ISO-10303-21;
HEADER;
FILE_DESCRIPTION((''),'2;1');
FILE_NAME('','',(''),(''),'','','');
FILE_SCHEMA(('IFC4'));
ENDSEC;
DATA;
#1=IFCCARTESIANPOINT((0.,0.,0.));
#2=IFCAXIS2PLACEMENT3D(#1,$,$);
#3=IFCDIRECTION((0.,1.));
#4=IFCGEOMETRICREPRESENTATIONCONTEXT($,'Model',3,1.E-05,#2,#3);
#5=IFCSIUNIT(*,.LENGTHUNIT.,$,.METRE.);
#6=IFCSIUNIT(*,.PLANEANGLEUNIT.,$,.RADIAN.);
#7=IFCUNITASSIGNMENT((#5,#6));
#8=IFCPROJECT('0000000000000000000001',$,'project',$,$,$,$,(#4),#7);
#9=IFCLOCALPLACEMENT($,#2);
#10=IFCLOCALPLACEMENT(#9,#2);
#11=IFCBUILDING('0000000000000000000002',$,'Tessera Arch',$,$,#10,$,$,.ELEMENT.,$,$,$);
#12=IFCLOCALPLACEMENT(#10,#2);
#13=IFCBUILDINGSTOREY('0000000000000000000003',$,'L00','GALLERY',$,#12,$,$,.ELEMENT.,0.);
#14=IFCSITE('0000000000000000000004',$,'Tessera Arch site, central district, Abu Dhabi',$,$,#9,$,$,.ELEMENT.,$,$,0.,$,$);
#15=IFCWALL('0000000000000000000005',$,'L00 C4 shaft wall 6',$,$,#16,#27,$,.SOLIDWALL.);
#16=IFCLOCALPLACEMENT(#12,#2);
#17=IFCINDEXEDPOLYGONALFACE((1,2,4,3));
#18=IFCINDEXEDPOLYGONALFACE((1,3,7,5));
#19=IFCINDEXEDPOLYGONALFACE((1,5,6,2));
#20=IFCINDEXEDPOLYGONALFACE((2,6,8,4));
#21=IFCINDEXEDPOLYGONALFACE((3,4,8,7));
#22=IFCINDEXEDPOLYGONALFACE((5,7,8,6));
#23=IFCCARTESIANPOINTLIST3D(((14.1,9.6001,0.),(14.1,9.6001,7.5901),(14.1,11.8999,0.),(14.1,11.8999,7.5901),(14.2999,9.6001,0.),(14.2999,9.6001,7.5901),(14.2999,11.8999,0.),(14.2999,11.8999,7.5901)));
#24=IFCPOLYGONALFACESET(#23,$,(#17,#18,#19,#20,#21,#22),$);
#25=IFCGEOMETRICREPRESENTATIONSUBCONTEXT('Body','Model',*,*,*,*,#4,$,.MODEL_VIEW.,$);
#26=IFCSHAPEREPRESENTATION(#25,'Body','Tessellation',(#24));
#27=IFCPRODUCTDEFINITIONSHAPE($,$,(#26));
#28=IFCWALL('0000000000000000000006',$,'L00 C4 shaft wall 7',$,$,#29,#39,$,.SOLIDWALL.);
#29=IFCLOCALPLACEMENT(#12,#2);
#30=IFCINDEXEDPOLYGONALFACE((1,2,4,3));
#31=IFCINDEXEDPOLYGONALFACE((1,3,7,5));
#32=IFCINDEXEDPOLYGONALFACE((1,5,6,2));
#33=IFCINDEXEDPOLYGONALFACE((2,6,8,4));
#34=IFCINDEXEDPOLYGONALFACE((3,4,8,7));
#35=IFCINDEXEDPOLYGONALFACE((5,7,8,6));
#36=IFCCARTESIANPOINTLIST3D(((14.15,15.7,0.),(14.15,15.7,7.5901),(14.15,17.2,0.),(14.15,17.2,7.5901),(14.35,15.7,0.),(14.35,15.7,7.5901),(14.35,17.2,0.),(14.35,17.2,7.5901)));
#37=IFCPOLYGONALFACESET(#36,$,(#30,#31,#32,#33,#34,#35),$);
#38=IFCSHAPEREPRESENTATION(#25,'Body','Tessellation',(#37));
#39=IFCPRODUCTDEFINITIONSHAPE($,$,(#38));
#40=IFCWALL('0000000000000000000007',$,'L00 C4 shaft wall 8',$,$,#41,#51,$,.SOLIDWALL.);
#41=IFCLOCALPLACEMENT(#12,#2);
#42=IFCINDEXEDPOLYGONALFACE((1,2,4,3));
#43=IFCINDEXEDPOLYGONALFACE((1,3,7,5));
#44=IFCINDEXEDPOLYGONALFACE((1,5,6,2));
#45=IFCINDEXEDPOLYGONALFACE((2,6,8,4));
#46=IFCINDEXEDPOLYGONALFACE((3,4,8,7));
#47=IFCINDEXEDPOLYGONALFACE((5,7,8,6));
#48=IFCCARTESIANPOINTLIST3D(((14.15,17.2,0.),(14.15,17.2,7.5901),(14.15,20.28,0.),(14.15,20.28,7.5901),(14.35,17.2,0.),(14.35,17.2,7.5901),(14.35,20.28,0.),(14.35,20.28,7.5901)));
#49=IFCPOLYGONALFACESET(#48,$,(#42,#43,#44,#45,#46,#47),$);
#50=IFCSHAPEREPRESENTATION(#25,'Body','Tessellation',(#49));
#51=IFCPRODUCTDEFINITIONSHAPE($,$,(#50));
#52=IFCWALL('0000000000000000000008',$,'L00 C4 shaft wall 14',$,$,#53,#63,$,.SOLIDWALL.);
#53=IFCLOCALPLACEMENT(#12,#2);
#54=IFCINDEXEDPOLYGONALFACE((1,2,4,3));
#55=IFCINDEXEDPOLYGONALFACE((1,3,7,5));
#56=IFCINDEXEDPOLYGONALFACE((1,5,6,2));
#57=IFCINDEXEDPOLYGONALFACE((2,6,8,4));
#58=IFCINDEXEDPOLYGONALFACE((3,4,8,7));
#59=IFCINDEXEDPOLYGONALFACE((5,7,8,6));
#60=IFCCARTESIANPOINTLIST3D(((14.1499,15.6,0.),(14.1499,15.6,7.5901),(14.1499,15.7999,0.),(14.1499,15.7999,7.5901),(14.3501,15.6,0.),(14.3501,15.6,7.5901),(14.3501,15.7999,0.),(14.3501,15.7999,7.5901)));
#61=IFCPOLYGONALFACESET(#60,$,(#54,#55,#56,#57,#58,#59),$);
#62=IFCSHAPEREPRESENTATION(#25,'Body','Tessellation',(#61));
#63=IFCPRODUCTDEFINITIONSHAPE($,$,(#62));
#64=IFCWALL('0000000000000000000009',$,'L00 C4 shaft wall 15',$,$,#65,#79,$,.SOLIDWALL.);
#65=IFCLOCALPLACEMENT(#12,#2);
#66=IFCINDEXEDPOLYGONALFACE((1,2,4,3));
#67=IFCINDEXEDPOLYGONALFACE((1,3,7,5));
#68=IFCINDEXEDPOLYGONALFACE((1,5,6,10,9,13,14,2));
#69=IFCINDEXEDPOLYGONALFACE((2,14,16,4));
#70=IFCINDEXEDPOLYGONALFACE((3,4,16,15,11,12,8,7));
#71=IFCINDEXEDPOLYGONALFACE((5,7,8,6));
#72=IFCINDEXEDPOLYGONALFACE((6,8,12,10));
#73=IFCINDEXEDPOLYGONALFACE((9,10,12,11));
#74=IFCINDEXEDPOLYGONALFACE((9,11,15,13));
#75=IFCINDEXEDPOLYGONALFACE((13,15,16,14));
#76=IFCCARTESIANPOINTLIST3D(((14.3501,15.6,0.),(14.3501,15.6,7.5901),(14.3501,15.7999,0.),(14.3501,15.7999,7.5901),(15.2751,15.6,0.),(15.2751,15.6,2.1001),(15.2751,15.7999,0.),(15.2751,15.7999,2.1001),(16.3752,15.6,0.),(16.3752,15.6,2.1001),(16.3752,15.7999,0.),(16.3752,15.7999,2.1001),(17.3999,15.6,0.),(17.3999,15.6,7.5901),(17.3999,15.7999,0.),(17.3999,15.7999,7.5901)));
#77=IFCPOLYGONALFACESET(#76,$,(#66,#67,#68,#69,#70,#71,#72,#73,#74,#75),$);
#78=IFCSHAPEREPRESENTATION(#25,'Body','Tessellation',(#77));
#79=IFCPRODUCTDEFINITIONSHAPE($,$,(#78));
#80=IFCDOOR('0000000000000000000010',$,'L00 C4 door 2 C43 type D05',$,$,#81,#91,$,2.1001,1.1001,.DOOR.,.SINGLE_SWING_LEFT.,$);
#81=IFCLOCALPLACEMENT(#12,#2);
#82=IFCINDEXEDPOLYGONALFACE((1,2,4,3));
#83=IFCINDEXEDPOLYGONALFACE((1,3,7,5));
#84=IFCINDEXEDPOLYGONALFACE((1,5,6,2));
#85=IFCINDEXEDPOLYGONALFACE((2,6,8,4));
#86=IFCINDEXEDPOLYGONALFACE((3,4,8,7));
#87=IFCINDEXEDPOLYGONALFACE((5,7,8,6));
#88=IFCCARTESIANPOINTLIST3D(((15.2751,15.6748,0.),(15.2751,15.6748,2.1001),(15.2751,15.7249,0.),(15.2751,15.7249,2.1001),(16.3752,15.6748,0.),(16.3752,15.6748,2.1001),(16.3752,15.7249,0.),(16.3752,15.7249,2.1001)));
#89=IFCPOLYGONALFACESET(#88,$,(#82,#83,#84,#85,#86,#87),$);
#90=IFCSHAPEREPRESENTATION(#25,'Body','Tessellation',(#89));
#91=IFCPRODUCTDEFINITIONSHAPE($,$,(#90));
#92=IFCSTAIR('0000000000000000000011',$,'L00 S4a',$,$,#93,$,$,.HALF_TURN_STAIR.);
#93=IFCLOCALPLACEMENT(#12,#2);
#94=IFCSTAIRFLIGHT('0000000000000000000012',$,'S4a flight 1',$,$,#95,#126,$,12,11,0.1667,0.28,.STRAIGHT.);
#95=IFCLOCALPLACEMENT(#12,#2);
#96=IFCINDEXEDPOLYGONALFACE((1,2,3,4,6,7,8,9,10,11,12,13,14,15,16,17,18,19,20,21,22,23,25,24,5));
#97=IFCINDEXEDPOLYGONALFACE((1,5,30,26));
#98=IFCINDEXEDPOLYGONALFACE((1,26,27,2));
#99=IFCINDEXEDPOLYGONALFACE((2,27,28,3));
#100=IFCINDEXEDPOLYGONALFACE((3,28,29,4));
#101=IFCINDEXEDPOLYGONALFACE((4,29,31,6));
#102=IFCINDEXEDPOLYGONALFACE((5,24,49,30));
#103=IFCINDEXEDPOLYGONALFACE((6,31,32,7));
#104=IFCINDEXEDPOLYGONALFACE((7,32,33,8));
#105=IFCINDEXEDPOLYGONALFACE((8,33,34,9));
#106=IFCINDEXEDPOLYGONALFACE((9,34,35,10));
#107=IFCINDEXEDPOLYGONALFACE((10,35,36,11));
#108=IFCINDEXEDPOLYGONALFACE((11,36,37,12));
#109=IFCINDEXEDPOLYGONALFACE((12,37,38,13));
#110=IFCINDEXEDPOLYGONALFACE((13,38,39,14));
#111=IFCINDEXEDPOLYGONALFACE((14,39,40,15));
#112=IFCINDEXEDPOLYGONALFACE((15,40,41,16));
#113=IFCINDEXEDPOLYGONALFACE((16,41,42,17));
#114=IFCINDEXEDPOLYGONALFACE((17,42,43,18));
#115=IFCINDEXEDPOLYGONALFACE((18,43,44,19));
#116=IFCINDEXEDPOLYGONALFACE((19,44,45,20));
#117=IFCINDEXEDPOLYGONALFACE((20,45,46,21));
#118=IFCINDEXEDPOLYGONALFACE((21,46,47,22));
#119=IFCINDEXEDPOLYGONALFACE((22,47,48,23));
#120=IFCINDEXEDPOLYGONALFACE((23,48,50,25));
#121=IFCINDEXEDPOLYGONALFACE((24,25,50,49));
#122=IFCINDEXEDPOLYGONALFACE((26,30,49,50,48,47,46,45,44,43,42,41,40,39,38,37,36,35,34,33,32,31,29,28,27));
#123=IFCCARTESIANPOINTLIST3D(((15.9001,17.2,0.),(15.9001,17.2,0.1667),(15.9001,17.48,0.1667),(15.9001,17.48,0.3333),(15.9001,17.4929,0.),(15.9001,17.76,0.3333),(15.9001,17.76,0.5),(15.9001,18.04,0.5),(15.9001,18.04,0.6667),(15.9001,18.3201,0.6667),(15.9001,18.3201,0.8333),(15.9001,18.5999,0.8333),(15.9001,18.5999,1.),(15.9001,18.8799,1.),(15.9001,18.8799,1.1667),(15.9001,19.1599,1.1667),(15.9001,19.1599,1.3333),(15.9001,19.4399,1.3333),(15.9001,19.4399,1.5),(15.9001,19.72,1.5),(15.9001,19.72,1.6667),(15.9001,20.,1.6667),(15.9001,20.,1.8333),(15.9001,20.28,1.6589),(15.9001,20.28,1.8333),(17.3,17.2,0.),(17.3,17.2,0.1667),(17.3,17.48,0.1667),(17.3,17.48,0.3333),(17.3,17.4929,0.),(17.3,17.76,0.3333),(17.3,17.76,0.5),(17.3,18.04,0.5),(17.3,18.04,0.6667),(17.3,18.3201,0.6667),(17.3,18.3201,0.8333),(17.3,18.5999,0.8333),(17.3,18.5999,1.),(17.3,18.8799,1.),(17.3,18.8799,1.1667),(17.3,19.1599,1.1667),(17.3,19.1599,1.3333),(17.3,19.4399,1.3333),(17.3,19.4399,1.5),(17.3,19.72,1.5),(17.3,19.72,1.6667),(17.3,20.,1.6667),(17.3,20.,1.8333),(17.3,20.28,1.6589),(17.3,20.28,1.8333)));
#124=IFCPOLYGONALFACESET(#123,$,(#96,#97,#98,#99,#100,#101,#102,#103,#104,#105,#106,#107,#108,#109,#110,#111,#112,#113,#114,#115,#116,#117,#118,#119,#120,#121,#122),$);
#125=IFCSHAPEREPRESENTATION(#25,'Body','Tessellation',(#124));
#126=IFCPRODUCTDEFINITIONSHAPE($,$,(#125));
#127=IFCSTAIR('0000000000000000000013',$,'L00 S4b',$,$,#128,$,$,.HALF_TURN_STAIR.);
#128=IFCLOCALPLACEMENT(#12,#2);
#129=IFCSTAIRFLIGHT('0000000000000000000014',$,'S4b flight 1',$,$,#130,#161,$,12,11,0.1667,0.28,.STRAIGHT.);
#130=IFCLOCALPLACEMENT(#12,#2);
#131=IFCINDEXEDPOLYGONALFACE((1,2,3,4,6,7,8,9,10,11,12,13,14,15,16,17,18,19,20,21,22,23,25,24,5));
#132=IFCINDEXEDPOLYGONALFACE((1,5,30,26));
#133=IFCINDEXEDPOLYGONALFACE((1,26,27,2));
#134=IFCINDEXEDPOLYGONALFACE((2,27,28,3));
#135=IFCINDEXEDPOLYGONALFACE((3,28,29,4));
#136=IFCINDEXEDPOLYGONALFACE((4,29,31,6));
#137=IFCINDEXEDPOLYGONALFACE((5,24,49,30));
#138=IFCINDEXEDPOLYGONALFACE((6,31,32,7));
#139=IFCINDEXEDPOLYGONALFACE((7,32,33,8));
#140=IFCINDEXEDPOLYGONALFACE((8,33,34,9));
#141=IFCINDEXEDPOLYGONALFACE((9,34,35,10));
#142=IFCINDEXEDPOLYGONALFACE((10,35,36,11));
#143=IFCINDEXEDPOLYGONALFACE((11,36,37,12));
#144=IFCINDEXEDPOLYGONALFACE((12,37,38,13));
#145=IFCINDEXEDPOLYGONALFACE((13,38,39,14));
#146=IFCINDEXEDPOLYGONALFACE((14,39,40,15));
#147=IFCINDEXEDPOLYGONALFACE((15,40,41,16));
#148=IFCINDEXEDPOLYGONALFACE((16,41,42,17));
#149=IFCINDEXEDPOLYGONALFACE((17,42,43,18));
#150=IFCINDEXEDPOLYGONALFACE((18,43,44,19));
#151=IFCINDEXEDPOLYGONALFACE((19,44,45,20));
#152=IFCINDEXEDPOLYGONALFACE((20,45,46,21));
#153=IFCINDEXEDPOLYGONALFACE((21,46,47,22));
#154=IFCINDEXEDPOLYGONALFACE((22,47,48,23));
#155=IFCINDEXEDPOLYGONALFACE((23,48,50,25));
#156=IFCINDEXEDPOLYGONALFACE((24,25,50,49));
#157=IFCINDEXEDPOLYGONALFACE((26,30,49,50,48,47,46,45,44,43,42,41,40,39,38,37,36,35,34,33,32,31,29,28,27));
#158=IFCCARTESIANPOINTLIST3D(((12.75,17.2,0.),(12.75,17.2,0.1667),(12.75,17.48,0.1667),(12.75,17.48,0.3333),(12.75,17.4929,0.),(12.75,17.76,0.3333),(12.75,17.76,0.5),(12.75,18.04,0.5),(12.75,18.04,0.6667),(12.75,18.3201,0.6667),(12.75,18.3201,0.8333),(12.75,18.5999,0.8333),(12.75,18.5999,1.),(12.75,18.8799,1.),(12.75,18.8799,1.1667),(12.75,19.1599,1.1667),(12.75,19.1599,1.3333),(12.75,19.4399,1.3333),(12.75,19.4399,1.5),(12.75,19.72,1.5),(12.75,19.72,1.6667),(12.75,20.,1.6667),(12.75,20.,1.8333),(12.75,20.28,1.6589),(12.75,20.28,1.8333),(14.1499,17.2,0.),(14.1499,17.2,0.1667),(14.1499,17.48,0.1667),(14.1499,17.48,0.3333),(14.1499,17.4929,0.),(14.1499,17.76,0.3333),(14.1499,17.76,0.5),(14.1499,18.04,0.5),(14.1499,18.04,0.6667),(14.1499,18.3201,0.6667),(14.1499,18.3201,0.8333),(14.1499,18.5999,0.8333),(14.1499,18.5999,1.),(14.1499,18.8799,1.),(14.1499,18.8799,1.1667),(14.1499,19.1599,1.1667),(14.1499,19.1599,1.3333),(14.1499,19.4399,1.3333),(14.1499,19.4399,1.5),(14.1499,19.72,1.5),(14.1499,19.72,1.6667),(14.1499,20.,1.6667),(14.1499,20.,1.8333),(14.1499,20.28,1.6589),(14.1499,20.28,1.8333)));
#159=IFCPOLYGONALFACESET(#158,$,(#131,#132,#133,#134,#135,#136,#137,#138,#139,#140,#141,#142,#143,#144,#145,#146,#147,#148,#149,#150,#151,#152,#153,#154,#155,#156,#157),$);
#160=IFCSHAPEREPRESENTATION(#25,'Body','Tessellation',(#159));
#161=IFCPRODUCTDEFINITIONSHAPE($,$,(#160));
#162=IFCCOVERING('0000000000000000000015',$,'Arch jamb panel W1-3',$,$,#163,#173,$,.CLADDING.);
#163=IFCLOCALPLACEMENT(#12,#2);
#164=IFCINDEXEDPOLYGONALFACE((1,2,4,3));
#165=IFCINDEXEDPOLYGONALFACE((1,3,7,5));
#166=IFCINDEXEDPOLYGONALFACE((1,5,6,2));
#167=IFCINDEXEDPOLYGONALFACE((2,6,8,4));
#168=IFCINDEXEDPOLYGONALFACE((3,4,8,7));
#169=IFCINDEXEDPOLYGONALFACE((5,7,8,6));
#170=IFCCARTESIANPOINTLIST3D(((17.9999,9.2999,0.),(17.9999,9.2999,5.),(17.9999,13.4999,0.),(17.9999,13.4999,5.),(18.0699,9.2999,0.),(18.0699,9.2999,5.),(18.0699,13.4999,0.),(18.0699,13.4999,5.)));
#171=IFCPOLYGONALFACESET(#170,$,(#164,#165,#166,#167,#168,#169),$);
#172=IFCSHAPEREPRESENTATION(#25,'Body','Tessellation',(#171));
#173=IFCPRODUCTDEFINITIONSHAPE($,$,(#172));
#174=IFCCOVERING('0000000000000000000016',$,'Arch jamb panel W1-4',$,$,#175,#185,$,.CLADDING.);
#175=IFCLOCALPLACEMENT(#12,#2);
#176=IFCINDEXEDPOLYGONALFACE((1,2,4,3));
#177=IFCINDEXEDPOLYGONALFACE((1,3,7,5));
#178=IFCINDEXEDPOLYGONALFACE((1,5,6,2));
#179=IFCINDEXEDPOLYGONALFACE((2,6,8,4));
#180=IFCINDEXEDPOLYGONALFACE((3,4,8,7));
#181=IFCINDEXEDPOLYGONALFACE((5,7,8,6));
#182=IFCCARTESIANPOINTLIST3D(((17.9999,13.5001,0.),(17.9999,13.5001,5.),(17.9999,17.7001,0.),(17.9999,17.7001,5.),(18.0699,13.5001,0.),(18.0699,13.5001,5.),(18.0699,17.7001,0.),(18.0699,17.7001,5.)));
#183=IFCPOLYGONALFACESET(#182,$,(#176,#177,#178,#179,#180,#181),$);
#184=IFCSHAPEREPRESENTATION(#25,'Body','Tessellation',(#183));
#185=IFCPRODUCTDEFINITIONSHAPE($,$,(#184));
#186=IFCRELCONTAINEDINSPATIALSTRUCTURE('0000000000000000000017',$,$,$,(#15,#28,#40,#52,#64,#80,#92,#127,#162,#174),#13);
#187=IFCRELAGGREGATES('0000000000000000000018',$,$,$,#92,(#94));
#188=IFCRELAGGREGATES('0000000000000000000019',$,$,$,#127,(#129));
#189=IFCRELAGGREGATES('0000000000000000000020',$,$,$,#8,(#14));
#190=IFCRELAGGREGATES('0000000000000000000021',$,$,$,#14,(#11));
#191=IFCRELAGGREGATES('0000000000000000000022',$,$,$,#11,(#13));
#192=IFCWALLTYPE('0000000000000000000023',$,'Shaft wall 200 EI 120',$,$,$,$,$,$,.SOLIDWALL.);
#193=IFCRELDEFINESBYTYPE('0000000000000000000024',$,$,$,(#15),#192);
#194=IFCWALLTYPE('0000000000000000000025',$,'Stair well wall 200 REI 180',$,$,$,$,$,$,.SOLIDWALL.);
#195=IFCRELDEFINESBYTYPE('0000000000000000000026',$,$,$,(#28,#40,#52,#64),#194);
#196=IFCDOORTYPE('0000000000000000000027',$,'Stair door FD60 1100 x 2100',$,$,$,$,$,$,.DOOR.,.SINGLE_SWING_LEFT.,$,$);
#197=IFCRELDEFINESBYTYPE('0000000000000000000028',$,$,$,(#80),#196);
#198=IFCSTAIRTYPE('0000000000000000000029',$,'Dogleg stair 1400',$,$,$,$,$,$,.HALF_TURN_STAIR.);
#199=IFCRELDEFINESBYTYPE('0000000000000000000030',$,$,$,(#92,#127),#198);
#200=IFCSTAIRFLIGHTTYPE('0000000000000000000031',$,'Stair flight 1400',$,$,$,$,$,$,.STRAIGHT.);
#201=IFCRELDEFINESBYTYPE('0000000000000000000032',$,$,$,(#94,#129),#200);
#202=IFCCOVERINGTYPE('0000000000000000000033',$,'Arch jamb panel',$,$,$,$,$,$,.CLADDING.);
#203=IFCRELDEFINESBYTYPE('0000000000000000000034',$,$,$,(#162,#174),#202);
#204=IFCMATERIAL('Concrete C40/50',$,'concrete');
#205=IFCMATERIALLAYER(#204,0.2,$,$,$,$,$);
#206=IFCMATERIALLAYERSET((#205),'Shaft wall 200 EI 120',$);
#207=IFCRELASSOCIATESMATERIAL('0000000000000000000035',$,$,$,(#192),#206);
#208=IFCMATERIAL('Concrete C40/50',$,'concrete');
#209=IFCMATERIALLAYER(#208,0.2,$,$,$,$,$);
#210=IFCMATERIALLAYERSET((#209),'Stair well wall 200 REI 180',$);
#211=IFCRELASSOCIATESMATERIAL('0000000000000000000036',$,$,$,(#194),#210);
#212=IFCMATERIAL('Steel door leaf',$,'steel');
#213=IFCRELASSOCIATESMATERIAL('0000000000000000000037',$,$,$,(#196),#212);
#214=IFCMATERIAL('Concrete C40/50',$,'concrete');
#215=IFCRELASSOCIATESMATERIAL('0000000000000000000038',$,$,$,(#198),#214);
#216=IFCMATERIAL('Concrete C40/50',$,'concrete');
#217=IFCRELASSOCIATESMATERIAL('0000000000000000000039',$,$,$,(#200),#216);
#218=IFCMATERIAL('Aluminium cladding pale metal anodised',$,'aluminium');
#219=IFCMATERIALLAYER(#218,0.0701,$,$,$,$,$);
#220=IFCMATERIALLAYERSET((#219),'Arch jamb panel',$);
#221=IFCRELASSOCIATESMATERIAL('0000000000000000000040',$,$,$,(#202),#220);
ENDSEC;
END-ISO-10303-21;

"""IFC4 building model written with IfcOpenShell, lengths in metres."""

from ifc_helpers import new_model, si_unit, direction, frame, frame_2d, origin, origin_2d, place, context, subcontext, project, spatial, polyline, rectangle, outline, extrude, material, layer, layer_set, type_object, element, fill, aggregate, save


model = new_model("IFC4")

# Units and contexts
model_context = context("Model", 3, precision=1e-05, world=origin(), true_north=direction((0.0, 1.0)))
body_context = subcontext(model_context, "Body", "Model", "MODEL_VIEW")
ifc_project = project(units=[si_unit("LENGTHUNIT", "METRE"), si_unit("PLANEANGLEUNIT", "RADIAN")], contexts=[model_context])

# Site, building, storey
site_placement = place(None, origin())
site = spatial("IfcSite", under=ifc_project, at=site_placement, Name="Tessera Arch site, central district, Abu Dhabi", CompositionType="ELEMENT", RefElevation=0.0)
building_placement = place(site_placement, origin())
building = spatial("IfcBuilding", under=site, at=building_placement, Name="Tessera Arch", CompositionType="ELEMENT")
storey_placement = place(building_placement, origin())
storey = spatial("IfcBuildingStorey", under=building, at=storey_placement, Name="L00", Description="GALLERY", CompositionType="ELEMENT", Elevation=0.0)

# Walls
ifc_material_1 = material(Name="Concrete C40/50", Category="concrete")
ifc_layer_1 = layer(ifc_material_1, 0.2)
ifc_layer_set_1 = layer_set([ifc_layer_1], Name="Shaft wall 200 EI 120")
wall_type_1 = type_object("IfcWallType", Name="Shaft wall 200 EI 120", PredefinedType="SOLIDWALL", material=ifc_layer_set_1)
wall_1_placement = place(storey_placement, frame((14.2, 9.6001, 0.0), z_axis=(0.0, 0.0, 1.0), x_axis=(0.0, 1.0, 0.0)))
element("IfcWall", 1, at=wall_1_placement, inside=storey, type_object=wall_type_1, Name="L00 C4 shaft wall 6", PredefinedType="SOLIDWALL", context=body_context, shape_type="SweptSolid", body=[
    extrude(rectangle(XDim=2.2998, YDim=0.2, at=frame_2d((1.1499, 0.0))), origin(), (0.0, 0.0, 1.0), 7.5901),
])
ifc_material_2 = material(Name="Concrete C40/50", Category="concrete")
ifc_layer_2 = layer(ifc_material_2, 0.2)
ifc_layer_set_2 = layer_set([ifc_layer_2], Name="Stair well wall 200 REI 180")
wall_type_2 = type_object("IfcWallType", Name="Stair well wall 200 REI 180", PredefinedType="SOLIDWALL", material=ifc_layer_set_2)
wall_2_placement = place(storey_placement, frame((14.25, 15.7, 0.0), z_axis=(0.0, 0.0, 1.0), x_axis=(0.0, 1.0, 0.0)))
element("IfcWall", 2, at=wall_2_placement, inside=storey, type_object=wall_type_2, Name="L00 C4 shaft wall 7", PredefinedType="SOLIDWALL", context=body_context, shape_type="SweptSolid", body=[
    extrude(rectangle(XDim=1.5, YDim=0.2, at=frame_2d((0.75, 0.0))), origin(), (0.0, 0.0, 1.0), 7.5901),
])
wall_3_placement = place(storey_placement, frame((14.25, 17.2, 0.0), z_axis=(0.0, 0.0, 1.0), x_axis=(0.0, 1.0, 0.0)))
element("IfcWall", 3, at=wall_3_placement, inside=storey, type_object=wall_type_2, Name="L00 C4 shaft wall 8", PredefinedType="SOLIDWALL", context=body_context, shape_type="SweptSolid", body=[
    extrude(rectangle(XDim=3.0801, YDim=0.2, at=frame_2d((1.54, 0.0))), origin(), (0.0, 0.0, 1.0), 7.5901),
])
wall_4_placement = place(storey_placement, frame((14.1499, 15.7, 0.0), z_axis=(0.0, 0.0, 1.0), x_axis=(1.0, 0.0, 0.0)))
element("IfcWall", 4, at=wall_4_placement, inside=storey, type_object=wall_type_2, Name="L00 C4 shaft wall 14", PredefinedType="SOLIDWALL", context=body_context, shape_type="SweptSolid", body=[
    extrude(rectangle(XDim=0.2002, YDim=0.2, at=frame_2d((0.1001, 0.0))), origin(), (0.0, 0.0, 1.0), 7.5901),
])

# Wall, opening, door
wall_5_placement = place(storey_placement, frame((14.3501, 15.7, 0.0), z_axis=(0.0, 0.0, 1.0), x_axis=(1.0, 0.0, 0.0)))
wall_5 = element("IfcWall", 5, at=wall_5_placement, inside=storey, type_object=wall_type_2, Name="L00 C4 shaft wall 15", PredefinedType="SOLIDWALL", context=body_context, shape_type="SweptSolid", body=[
    extrude(rectangle(XDim=3.0498, YDim=0.2, at=frame_2d((1.5249, 0.0))), origin(), (0.0, 0.0, 1.0), 7.5901),
])
opening_1_placement = place(wall_5_placement, frame((0.925, 0.0, 0.0)))
opening_1 = element("IfcOpeningElement", 6, at=opening_1_placement, cuts=wall_5, PredefinedType="OPENING", context=body_context, shape_type="SweptSolid", body=[
    extrude(rectangle(XDim=1.1001, YDim=2.1001, at=frame_2d((0.55, 1.05))), frame((0.0, 0.1099, 0.0), z_axis=(0.0, -1.0, 0.0), x_axis=(1.0, 0.0, 0.0)), (0.0, 0.0, 1.0), 0.22),
])
ifc_material_3 = material(Name="Steel door leaf", Category="steel")
door_type_1 = type_object("IfcDoorType", Name="Stair door FD60 1100 x 2100", OperationType="SINGLE_SWING_LEFT", PredefinedType="DOOR", material=ifc_material_3)
door_1_placement = place(opening_1_placement, origin())
door_1 = element("IfcDoor", 7, at=door_1_placement, inside=storey, type_object=door_type_1, Name="L00 C4 door 2 C43 type D05", OperationType="SINGLE_SWING_LEFT", OverallHeight=2.1001, OverallWidth=1.1001, PredefinedType="DOOR", context=body_context, shape_type="SweptSolid", body=[
    extrude(rectangle(XDim=1.1001, YDim=2.1001, at=frame_2d((0.55, 1.05))), frame((0.0, 0.0249, 0.0), z_axis=(0.0, -1.0, 0.0), x_axis=(1.0, 0.0, 0.0)), (0.0, 0.0, 1.0), 0.05),
])
fill(opening_1, door_1)

# Stairs, stair flights
ifc_material_4 = material(Name="Concrete C40/50", Category="concrete")
stair_type = type_object("IfcStairType", Name="Dogleg stair 1400", PredefinedType="HALF_TURN_STAIR", material=ifc_material_4)
stair_1_placement = place(storey_placement, origin())
stair_1 = element("IfcStair", 8, at=stair_1_placement, inside=storey, type_object=stair_type, Name="L00 S4a", PredefinedType="HALF_TURN_STAIR")
ifc_material_5 = material(Name="Concrete C40/50", Category="concrete")
stair_flight_type = type_object("IfcStairFlightType", Name="Stair flight 1400", PredefinedType="STRAIGHT", material=ifc_material_5)
stair_flight_1_placement = place(storey_placement, frame((16.6001, 17.2, 0.0), z_axis=(0.0, 0.0, 1.0), x_axis=(0.0, 1.0, 0.0)))
stair_flight_1 = element("IfcStairFlight", 9, at=stair_flight_1_placement, type_object=stair_flight_type, Name="S4a flight 1", NumberOfRisers=12, NumberOfTreads=11, PredefinedType="STRAIGHT", RiserHeight=0.1667, TreadLength=0.28, context=body_context, shape_type="SweptSolid", body=[
    extrude(outline(polyline([(0.0, 0.0), (0.0, 0.1667), (0.28, 0.1667), (0.28, 0.3333), (0.5601, 0.3333), (0.5601, 0.5), (0.8401, 0.5), (0.8401, 0.6667), (1.1201, 0.6667), (1.1201, 0.8333), (1.3999, 0.8333), (1.3999, 1.0), (1.6799, 1.0), (1.6799, 1.1667), (1.96, 1.1667), (1.96, 1.3333), (2.24, 1.3333), (2.24, 1.5), (2.52, 1.5), (2.52, 1.6667), (2.8, 1.6667), (2.8, 1.8333), (3.0801, 1.8333), (3.0801, 2.0), (3.0801, 1.6589), (0.293, 0.0), (0.0, 0.0)])), frame((0.0, 0.7, 0.0), z_axis=(0.0, -1.0, 0.0), x_axis=(1.0, 0.0, 0.0)), (0.0, 0.0, 1.0), 1.3999),
])
aggregate(stair_1, [stair_flight_1])
stair_2_placement = place(storey_placement, origin())
stair_2 = element("IfcStair", 10, at=stair_2_placement, inside=storey, type_object=stair_type, Name="L00 S4b", PredefinedType="HALF_TURN_STAIR")
stair_flight_2_placement = place(storey_placement, frame((13.45, 17.2, 0.0), z_axis=(0.0, 0.0, 1.0), x_axis=(0.0, 1.0, 0.0)))
stair_flight_2 = element("IfcStairFlight", 11, at=stair_flight_2_placement, type_object=stair_flight_type, Name="S4b flight 1", NumberOfRisers=12, NumberOfTreads=11, PredefinedType="STRAIGHT", RiserHeight=0.1667, TreadLength=0.28, context=body_context, shape_type="SweptSolid", body=[
    extrude(outline(polyline([(0.0, 0.0), (0.0, 0.1667), (0.28, 0.1667), (0.28, 0.3333), (0.5601, 0.3333), (0.5601, 0.5), (0.8401, 0.5), (0.8401, 0.6667), (1.1201, 0.6667), (1.1201, 0.8333), (1.3999, 0.8333), (1.3999, 1.0), (1.6799, 1.0), (1.6799, 1.1667), (1.96, 1.1667), (1.96, 1.3333), (2.24, 1.3333), (2.24, 1.5), (2.52, 1.5), (2.52, 1.6667), (2.8, 1.6667), (2.8, 1.8333), (3.0801, 1.8333), (3.0801, 2.0), (3.0801, 1.6589), (0.293, 0.0), (0.0, 0.0)])), frame((0.0, 0.7, 0.0), z_axis=(0.0, -1.0, 0.0), x_axis=(1.0, 0.0, 0.0)), (0.0, 0.0, 1.0), 1.3999),
])
aggregate(stair_2, [stair_flight_2])

# Coverings
ifc_material_6 = material(Name="Aluminium cladding pale metal anodised", Category="aluminium")
ifc_layer_3 = layer(ifc_material_6, 0.0701)
ifc_layer_set_3 = layer_set([ifc_layer_3], Name="Arch jamb panel")
covering_type = type_object("IfcCoveringType", Name="Arch jamb panel", PredefinedType="CLADDING", material=ifc_layer_set_3)
for number, where, z_axis, x_axis, name in (
    (12, (18.0349, 11.3999, 0.0), (0.0, 0.0, 1.0), (1.0, 0.0, 0.0), "Arch jamb panel W1-3"),
    (13, (18.0349, 15.6001, 0.0), (0.0, 0.0, 1.0), (1.0, 0.0, 0.0), "Arch jamb panel W1-4"),
):
    element("IfcCovering", number, at=place(storey_placement, frame(where, z_axis=z_axis, x_axis=x_axis)), inside=storey, type_object=covering_type, Name=name, PredefinedType="CLADDING", context=body_context, shape_type="SweptSolid", body=[
        extrude(rectangle(XDim=0.0701, YDim=4.2, at=origin_2d()), origin(), (0.0, 0.0, 1.0), 5.0),
    ])

save(model, "model.ifc")
